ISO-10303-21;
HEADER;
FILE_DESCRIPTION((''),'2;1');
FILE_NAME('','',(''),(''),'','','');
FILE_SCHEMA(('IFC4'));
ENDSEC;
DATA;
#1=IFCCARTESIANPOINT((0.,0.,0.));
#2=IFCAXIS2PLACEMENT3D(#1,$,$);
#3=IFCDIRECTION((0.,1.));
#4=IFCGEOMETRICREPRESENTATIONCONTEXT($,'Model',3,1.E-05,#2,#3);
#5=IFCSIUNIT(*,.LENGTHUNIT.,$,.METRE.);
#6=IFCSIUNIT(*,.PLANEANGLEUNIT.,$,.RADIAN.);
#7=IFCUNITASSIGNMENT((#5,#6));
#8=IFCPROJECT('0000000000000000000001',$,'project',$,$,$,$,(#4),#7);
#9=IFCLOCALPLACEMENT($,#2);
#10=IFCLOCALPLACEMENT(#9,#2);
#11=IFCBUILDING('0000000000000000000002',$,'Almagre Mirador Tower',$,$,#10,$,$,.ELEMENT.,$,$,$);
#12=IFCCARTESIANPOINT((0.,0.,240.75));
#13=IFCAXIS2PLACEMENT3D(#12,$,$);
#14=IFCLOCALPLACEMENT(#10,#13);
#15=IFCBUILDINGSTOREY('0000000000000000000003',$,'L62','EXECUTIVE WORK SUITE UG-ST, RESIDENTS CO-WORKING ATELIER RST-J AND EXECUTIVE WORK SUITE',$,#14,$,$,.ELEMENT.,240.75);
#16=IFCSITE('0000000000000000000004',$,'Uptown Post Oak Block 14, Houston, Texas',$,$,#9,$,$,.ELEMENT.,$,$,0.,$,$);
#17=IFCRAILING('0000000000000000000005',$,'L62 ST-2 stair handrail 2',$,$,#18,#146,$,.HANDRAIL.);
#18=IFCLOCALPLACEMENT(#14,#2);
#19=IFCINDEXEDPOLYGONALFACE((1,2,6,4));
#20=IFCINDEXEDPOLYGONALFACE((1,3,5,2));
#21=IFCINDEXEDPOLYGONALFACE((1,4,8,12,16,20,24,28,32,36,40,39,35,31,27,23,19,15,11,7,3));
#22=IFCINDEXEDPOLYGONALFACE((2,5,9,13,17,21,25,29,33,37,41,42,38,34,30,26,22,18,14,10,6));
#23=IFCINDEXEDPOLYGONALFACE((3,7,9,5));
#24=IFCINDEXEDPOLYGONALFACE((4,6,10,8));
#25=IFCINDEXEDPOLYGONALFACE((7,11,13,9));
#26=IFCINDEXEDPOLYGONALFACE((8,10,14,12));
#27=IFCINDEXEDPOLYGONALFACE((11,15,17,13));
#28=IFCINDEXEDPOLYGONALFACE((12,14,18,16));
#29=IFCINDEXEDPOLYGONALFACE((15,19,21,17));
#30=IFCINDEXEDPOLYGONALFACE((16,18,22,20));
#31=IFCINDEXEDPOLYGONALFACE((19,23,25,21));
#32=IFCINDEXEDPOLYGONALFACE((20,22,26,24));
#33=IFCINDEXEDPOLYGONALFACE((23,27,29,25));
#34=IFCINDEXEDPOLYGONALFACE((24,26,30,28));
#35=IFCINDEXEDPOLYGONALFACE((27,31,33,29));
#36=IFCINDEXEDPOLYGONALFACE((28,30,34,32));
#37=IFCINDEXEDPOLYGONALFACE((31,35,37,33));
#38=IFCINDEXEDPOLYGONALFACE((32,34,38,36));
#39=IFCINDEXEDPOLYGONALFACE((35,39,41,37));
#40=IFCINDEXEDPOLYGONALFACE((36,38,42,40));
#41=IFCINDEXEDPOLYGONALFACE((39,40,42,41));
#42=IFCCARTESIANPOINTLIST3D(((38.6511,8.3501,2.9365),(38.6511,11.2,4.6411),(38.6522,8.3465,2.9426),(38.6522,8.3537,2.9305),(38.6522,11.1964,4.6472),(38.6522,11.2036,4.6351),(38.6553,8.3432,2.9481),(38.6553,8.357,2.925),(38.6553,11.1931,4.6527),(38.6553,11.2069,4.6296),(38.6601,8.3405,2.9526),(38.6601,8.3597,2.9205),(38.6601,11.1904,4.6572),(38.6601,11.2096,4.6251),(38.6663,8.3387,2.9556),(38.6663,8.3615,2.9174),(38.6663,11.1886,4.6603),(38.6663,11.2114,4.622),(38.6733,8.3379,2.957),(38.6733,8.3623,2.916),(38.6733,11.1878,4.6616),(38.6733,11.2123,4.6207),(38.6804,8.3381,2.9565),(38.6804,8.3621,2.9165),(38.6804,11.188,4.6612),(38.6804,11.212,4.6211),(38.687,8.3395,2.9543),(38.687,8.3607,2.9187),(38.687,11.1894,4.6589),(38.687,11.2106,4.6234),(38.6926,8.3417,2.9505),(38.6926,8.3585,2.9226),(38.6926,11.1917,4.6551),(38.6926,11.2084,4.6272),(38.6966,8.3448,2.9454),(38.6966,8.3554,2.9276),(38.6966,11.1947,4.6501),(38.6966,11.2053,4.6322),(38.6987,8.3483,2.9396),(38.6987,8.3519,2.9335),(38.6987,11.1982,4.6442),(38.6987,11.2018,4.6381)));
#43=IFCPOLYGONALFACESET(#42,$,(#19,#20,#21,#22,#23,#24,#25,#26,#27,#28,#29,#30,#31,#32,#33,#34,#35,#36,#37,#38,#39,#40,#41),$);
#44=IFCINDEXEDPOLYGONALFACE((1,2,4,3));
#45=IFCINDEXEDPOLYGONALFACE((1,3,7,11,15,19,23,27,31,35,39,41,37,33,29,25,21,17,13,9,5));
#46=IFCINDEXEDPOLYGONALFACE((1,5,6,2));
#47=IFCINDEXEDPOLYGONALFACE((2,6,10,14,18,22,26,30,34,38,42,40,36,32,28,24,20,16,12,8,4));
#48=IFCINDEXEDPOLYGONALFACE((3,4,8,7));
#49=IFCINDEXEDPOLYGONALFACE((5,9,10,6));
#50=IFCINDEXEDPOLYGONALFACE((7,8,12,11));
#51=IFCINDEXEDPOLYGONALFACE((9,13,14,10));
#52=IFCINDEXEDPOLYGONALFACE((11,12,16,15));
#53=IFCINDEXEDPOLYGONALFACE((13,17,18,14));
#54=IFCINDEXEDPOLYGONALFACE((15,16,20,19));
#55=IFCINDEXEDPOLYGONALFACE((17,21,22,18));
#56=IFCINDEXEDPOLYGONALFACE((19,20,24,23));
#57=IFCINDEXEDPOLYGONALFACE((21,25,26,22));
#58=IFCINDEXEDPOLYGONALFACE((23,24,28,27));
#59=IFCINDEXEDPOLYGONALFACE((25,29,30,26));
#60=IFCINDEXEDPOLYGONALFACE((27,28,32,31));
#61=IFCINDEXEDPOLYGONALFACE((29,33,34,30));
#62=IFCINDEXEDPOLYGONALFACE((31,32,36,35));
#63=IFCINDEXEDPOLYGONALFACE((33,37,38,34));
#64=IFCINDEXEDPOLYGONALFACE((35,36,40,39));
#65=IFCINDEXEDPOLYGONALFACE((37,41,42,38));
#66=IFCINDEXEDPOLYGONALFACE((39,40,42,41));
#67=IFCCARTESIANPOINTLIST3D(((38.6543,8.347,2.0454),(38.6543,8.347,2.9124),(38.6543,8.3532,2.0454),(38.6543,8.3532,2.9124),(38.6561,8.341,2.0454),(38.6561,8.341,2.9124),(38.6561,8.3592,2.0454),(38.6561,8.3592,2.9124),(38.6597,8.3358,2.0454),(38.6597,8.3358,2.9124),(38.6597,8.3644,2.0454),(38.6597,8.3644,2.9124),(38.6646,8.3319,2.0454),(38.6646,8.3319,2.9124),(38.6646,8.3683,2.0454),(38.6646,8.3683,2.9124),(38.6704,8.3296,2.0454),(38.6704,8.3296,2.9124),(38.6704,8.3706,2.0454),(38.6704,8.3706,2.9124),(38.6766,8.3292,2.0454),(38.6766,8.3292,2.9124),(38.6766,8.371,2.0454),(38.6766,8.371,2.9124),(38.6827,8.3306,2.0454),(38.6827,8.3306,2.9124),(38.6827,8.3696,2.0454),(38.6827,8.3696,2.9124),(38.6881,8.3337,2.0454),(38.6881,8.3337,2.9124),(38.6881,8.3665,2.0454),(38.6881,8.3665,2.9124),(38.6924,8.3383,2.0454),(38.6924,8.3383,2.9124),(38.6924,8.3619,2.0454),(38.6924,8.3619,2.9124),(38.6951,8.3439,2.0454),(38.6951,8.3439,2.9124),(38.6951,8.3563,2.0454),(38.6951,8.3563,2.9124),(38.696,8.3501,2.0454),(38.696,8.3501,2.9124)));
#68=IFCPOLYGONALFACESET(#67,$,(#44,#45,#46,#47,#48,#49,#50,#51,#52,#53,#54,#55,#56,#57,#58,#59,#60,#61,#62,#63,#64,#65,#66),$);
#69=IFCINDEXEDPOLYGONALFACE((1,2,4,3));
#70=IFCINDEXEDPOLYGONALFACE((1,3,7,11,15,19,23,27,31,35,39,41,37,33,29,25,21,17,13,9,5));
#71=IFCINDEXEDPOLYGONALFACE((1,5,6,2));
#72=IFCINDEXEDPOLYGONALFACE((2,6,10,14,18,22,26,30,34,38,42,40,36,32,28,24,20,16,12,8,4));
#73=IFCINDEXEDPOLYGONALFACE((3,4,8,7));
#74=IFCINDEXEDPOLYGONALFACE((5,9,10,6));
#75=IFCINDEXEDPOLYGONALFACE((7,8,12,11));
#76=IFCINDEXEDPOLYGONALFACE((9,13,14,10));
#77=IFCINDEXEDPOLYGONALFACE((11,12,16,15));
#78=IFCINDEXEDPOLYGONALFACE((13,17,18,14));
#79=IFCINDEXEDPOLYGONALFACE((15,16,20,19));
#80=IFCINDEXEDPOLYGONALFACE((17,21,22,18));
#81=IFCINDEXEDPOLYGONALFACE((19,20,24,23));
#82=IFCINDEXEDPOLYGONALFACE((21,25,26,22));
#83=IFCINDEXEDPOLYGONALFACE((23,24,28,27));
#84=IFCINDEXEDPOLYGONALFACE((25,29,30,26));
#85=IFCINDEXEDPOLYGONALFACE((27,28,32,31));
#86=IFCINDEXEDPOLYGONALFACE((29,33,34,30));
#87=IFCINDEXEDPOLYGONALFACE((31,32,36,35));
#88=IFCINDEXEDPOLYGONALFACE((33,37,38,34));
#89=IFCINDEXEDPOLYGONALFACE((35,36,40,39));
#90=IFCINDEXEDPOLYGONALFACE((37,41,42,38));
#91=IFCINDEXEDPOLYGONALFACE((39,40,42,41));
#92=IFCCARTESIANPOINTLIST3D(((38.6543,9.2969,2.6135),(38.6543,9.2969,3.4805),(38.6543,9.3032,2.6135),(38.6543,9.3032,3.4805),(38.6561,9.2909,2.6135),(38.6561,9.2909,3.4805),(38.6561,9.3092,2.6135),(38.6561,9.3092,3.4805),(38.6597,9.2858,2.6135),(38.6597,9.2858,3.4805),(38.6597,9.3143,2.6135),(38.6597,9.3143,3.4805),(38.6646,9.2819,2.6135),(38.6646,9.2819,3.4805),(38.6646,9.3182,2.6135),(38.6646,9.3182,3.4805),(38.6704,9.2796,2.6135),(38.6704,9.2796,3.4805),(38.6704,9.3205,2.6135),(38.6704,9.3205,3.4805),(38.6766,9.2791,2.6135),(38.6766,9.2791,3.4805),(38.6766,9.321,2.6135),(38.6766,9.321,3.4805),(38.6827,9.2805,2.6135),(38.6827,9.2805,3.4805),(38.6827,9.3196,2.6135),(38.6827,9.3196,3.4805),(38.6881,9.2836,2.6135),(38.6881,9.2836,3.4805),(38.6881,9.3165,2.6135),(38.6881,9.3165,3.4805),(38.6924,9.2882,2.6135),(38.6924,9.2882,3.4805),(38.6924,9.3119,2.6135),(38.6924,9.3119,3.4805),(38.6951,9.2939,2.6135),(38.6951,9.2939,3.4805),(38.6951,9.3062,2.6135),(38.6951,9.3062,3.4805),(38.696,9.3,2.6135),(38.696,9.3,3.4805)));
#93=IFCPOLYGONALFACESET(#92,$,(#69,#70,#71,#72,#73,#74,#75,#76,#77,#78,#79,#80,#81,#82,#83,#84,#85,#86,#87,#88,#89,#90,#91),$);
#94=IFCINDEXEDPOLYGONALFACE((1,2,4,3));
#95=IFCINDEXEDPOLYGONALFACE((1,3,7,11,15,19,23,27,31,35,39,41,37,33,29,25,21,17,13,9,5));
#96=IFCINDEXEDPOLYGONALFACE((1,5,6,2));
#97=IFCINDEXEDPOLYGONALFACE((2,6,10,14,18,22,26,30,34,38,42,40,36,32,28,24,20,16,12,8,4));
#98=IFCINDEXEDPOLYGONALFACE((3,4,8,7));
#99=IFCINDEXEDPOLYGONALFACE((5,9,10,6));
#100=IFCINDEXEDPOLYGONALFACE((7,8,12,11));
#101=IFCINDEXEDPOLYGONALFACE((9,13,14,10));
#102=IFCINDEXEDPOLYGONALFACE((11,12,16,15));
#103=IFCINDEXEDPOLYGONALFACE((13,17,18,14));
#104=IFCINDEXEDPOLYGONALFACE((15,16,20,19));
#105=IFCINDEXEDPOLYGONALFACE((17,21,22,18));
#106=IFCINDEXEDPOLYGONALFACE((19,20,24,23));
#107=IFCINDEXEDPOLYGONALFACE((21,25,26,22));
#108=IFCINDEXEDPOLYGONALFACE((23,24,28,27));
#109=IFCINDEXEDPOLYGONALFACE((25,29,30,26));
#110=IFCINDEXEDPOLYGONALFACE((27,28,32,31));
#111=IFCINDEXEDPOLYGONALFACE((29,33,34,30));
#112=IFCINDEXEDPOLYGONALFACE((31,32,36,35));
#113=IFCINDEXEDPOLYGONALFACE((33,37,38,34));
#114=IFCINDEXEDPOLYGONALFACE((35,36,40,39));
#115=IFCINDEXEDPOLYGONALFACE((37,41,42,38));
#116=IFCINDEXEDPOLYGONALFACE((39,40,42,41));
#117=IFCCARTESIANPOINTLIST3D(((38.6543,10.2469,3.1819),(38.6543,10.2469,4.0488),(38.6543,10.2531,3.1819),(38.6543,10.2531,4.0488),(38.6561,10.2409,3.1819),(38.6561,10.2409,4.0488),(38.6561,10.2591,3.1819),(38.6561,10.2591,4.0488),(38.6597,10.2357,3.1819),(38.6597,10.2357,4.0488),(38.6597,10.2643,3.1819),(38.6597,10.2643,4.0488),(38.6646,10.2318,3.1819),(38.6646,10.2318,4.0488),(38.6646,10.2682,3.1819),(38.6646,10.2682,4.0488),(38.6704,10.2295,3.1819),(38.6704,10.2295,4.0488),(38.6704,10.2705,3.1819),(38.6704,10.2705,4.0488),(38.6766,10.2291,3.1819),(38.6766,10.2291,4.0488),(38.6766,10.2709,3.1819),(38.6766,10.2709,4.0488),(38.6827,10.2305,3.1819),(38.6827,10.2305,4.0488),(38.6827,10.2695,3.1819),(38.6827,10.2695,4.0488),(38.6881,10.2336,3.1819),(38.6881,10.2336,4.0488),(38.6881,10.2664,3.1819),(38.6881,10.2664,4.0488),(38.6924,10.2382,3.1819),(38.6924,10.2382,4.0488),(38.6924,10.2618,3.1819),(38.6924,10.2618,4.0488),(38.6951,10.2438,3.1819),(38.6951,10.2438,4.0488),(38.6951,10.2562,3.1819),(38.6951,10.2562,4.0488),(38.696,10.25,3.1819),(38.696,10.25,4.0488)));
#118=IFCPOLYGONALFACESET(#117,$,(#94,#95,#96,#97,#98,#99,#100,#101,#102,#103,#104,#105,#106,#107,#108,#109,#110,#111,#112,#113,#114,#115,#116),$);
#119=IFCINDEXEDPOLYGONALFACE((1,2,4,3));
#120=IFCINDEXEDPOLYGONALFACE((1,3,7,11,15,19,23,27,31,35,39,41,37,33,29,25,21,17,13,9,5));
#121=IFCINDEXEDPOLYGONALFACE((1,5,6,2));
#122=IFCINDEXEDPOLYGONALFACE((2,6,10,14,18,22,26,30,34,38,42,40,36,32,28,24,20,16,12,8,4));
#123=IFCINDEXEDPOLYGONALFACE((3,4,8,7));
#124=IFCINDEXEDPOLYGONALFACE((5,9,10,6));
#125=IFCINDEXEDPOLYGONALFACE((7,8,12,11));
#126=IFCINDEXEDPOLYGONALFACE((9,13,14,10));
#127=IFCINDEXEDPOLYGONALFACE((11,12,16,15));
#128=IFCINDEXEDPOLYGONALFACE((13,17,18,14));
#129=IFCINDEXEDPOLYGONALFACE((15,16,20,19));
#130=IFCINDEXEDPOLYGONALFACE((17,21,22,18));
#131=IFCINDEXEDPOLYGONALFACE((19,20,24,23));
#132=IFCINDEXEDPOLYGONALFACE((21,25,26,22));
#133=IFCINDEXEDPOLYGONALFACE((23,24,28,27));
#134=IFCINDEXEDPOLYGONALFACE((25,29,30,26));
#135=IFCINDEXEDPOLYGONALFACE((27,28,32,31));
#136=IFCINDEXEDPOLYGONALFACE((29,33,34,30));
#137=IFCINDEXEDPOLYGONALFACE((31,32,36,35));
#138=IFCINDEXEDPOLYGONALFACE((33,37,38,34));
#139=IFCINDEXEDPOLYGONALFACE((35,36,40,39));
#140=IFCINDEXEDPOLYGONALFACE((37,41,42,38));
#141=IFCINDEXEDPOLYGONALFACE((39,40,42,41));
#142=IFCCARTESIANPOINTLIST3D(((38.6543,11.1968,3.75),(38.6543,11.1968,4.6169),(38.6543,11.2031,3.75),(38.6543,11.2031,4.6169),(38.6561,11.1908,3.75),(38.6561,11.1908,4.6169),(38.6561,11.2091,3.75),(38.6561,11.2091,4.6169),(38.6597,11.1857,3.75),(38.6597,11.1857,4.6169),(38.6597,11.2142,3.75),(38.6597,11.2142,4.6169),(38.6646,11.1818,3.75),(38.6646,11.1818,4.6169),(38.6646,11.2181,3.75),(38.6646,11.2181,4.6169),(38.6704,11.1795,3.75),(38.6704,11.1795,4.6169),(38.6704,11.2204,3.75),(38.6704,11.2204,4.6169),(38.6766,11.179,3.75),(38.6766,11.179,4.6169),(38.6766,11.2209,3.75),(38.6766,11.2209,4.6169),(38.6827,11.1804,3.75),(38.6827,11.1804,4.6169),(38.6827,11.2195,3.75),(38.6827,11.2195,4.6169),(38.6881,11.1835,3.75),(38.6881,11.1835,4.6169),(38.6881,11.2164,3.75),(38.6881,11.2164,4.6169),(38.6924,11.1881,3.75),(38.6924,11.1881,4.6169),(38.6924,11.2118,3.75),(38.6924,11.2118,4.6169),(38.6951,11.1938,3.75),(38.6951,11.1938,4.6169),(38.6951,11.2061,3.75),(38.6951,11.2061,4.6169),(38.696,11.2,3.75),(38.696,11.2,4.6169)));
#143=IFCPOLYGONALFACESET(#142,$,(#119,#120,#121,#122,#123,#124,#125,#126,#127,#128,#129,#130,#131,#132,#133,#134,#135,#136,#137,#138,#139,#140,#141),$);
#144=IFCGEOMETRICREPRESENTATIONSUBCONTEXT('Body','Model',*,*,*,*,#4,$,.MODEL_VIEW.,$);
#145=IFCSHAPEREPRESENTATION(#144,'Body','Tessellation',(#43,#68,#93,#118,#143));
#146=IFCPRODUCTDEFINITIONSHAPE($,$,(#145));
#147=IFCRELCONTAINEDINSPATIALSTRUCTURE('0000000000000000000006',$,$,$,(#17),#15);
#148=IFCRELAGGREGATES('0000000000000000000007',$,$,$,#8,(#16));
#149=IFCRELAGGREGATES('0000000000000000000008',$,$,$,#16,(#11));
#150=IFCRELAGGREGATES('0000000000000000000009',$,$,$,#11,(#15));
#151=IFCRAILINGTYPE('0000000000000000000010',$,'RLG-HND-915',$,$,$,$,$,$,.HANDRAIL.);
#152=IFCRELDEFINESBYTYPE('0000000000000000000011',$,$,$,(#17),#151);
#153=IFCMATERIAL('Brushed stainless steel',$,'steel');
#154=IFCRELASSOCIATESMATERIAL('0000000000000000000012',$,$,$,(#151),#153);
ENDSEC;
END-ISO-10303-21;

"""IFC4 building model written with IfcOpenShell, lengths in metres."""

from ifc_helpers import new_model, si_unit, direction, frame, origin, origin_2d, place, context, subcontext, project, spatial, circle, extrude, material, type_object, element, save


model = new_model("IFC4")

# Units and contexts
model_context = context("Model", 3, precision=1e-05, world=origin(), true_north=direction((0.0, 1.0)))
body_context = subcontext(model_context, "Body", "Model", "MODEL_VIEW")
ifc_project = project(units=[si_unit("LENGTHUNIT", "METRE"), si_unit("PLANEANGLEUNIT", "RADIAN")], contexts=[model_context])

# Site, building, storey
site_placement = place(None, origin())
site = spatial("IfcSite", under=ifc_project, at=site_placement, Name="Uptown Post Oak Block 14, Houston, Texas", CompositionType="ELEMENT", RefElevation=0.0)
building_placement = place(site_placement, origin())
building = spatial("IfcBuilding", under=site, at=building_placement, Name="Almagre Mirador Tower", CompositionType="ELEMENT")
storey_placement = place(building_placement, frame((0.0, 0.0, 240.75)))
storey = spatial("IfcBuildingStorey", under=building, at=storey_placement, Name="L62", Description="EXECUTIVE WORK SUITE UG-ST, RESIDENTS CO-WORKING ATELIER RST-J AND EXECUTIVE WORK SUITE", CompositionType="ELEMENT", Elevation=240.75)

# Railing
ifc_material_1 = material(Name="Brushed stainless steel", Category="steel")
railing_type_1 = type_object("IfcRailingType", Name="RLG-HND-915", PredefinedType="HANDRAIL", material=ifc_material_1)
railing_1_placement = place(storey_placement, frame((38.675, 8.3501, 2.0454)))
element("IfcRailing", 1, at=railing_1_placement, inside=storey, type_object=railing_type_1, Name="L62 ST-2 stair handrail 2", PredefinedType="HANDRAIL", context=body_context, shape_type="SweptSolid", body=[
    extrude(circle(Radius=0.0239, at=origin_2d()), frame((0.0, 0.0, 0.8911), z_axis=(0.0, 0.858199, 0.513317), x_axis=(-1.0, 0.0, 0.0)), (0.0, 0.0, 1.0), 3.3208),
    extrude(circle(Radius=0.021, at=origin_2d()), origin(), (0.0, 0.0, 1.0), 0.8669),
    extrude(circle(Radius=0.021, at=origin_2d()), frame((0.0, 0.95, 0.5681)), (0.0, 0.0, 1.0), 0.8669),
    extrude(circle(Radius=0.021, at=origin_2d()), frame((0.0, 1.8999, 1.1365)), (0.0, 0.0, 1.0), 0.8669),
    extrude(circle(Radius=0.021, at=origin_2d()), frame((0.0, 2.8499, 1.7046)), (0.0, 0.0, 1.0), 0.8669),
])

save(model, "model.ifc")
